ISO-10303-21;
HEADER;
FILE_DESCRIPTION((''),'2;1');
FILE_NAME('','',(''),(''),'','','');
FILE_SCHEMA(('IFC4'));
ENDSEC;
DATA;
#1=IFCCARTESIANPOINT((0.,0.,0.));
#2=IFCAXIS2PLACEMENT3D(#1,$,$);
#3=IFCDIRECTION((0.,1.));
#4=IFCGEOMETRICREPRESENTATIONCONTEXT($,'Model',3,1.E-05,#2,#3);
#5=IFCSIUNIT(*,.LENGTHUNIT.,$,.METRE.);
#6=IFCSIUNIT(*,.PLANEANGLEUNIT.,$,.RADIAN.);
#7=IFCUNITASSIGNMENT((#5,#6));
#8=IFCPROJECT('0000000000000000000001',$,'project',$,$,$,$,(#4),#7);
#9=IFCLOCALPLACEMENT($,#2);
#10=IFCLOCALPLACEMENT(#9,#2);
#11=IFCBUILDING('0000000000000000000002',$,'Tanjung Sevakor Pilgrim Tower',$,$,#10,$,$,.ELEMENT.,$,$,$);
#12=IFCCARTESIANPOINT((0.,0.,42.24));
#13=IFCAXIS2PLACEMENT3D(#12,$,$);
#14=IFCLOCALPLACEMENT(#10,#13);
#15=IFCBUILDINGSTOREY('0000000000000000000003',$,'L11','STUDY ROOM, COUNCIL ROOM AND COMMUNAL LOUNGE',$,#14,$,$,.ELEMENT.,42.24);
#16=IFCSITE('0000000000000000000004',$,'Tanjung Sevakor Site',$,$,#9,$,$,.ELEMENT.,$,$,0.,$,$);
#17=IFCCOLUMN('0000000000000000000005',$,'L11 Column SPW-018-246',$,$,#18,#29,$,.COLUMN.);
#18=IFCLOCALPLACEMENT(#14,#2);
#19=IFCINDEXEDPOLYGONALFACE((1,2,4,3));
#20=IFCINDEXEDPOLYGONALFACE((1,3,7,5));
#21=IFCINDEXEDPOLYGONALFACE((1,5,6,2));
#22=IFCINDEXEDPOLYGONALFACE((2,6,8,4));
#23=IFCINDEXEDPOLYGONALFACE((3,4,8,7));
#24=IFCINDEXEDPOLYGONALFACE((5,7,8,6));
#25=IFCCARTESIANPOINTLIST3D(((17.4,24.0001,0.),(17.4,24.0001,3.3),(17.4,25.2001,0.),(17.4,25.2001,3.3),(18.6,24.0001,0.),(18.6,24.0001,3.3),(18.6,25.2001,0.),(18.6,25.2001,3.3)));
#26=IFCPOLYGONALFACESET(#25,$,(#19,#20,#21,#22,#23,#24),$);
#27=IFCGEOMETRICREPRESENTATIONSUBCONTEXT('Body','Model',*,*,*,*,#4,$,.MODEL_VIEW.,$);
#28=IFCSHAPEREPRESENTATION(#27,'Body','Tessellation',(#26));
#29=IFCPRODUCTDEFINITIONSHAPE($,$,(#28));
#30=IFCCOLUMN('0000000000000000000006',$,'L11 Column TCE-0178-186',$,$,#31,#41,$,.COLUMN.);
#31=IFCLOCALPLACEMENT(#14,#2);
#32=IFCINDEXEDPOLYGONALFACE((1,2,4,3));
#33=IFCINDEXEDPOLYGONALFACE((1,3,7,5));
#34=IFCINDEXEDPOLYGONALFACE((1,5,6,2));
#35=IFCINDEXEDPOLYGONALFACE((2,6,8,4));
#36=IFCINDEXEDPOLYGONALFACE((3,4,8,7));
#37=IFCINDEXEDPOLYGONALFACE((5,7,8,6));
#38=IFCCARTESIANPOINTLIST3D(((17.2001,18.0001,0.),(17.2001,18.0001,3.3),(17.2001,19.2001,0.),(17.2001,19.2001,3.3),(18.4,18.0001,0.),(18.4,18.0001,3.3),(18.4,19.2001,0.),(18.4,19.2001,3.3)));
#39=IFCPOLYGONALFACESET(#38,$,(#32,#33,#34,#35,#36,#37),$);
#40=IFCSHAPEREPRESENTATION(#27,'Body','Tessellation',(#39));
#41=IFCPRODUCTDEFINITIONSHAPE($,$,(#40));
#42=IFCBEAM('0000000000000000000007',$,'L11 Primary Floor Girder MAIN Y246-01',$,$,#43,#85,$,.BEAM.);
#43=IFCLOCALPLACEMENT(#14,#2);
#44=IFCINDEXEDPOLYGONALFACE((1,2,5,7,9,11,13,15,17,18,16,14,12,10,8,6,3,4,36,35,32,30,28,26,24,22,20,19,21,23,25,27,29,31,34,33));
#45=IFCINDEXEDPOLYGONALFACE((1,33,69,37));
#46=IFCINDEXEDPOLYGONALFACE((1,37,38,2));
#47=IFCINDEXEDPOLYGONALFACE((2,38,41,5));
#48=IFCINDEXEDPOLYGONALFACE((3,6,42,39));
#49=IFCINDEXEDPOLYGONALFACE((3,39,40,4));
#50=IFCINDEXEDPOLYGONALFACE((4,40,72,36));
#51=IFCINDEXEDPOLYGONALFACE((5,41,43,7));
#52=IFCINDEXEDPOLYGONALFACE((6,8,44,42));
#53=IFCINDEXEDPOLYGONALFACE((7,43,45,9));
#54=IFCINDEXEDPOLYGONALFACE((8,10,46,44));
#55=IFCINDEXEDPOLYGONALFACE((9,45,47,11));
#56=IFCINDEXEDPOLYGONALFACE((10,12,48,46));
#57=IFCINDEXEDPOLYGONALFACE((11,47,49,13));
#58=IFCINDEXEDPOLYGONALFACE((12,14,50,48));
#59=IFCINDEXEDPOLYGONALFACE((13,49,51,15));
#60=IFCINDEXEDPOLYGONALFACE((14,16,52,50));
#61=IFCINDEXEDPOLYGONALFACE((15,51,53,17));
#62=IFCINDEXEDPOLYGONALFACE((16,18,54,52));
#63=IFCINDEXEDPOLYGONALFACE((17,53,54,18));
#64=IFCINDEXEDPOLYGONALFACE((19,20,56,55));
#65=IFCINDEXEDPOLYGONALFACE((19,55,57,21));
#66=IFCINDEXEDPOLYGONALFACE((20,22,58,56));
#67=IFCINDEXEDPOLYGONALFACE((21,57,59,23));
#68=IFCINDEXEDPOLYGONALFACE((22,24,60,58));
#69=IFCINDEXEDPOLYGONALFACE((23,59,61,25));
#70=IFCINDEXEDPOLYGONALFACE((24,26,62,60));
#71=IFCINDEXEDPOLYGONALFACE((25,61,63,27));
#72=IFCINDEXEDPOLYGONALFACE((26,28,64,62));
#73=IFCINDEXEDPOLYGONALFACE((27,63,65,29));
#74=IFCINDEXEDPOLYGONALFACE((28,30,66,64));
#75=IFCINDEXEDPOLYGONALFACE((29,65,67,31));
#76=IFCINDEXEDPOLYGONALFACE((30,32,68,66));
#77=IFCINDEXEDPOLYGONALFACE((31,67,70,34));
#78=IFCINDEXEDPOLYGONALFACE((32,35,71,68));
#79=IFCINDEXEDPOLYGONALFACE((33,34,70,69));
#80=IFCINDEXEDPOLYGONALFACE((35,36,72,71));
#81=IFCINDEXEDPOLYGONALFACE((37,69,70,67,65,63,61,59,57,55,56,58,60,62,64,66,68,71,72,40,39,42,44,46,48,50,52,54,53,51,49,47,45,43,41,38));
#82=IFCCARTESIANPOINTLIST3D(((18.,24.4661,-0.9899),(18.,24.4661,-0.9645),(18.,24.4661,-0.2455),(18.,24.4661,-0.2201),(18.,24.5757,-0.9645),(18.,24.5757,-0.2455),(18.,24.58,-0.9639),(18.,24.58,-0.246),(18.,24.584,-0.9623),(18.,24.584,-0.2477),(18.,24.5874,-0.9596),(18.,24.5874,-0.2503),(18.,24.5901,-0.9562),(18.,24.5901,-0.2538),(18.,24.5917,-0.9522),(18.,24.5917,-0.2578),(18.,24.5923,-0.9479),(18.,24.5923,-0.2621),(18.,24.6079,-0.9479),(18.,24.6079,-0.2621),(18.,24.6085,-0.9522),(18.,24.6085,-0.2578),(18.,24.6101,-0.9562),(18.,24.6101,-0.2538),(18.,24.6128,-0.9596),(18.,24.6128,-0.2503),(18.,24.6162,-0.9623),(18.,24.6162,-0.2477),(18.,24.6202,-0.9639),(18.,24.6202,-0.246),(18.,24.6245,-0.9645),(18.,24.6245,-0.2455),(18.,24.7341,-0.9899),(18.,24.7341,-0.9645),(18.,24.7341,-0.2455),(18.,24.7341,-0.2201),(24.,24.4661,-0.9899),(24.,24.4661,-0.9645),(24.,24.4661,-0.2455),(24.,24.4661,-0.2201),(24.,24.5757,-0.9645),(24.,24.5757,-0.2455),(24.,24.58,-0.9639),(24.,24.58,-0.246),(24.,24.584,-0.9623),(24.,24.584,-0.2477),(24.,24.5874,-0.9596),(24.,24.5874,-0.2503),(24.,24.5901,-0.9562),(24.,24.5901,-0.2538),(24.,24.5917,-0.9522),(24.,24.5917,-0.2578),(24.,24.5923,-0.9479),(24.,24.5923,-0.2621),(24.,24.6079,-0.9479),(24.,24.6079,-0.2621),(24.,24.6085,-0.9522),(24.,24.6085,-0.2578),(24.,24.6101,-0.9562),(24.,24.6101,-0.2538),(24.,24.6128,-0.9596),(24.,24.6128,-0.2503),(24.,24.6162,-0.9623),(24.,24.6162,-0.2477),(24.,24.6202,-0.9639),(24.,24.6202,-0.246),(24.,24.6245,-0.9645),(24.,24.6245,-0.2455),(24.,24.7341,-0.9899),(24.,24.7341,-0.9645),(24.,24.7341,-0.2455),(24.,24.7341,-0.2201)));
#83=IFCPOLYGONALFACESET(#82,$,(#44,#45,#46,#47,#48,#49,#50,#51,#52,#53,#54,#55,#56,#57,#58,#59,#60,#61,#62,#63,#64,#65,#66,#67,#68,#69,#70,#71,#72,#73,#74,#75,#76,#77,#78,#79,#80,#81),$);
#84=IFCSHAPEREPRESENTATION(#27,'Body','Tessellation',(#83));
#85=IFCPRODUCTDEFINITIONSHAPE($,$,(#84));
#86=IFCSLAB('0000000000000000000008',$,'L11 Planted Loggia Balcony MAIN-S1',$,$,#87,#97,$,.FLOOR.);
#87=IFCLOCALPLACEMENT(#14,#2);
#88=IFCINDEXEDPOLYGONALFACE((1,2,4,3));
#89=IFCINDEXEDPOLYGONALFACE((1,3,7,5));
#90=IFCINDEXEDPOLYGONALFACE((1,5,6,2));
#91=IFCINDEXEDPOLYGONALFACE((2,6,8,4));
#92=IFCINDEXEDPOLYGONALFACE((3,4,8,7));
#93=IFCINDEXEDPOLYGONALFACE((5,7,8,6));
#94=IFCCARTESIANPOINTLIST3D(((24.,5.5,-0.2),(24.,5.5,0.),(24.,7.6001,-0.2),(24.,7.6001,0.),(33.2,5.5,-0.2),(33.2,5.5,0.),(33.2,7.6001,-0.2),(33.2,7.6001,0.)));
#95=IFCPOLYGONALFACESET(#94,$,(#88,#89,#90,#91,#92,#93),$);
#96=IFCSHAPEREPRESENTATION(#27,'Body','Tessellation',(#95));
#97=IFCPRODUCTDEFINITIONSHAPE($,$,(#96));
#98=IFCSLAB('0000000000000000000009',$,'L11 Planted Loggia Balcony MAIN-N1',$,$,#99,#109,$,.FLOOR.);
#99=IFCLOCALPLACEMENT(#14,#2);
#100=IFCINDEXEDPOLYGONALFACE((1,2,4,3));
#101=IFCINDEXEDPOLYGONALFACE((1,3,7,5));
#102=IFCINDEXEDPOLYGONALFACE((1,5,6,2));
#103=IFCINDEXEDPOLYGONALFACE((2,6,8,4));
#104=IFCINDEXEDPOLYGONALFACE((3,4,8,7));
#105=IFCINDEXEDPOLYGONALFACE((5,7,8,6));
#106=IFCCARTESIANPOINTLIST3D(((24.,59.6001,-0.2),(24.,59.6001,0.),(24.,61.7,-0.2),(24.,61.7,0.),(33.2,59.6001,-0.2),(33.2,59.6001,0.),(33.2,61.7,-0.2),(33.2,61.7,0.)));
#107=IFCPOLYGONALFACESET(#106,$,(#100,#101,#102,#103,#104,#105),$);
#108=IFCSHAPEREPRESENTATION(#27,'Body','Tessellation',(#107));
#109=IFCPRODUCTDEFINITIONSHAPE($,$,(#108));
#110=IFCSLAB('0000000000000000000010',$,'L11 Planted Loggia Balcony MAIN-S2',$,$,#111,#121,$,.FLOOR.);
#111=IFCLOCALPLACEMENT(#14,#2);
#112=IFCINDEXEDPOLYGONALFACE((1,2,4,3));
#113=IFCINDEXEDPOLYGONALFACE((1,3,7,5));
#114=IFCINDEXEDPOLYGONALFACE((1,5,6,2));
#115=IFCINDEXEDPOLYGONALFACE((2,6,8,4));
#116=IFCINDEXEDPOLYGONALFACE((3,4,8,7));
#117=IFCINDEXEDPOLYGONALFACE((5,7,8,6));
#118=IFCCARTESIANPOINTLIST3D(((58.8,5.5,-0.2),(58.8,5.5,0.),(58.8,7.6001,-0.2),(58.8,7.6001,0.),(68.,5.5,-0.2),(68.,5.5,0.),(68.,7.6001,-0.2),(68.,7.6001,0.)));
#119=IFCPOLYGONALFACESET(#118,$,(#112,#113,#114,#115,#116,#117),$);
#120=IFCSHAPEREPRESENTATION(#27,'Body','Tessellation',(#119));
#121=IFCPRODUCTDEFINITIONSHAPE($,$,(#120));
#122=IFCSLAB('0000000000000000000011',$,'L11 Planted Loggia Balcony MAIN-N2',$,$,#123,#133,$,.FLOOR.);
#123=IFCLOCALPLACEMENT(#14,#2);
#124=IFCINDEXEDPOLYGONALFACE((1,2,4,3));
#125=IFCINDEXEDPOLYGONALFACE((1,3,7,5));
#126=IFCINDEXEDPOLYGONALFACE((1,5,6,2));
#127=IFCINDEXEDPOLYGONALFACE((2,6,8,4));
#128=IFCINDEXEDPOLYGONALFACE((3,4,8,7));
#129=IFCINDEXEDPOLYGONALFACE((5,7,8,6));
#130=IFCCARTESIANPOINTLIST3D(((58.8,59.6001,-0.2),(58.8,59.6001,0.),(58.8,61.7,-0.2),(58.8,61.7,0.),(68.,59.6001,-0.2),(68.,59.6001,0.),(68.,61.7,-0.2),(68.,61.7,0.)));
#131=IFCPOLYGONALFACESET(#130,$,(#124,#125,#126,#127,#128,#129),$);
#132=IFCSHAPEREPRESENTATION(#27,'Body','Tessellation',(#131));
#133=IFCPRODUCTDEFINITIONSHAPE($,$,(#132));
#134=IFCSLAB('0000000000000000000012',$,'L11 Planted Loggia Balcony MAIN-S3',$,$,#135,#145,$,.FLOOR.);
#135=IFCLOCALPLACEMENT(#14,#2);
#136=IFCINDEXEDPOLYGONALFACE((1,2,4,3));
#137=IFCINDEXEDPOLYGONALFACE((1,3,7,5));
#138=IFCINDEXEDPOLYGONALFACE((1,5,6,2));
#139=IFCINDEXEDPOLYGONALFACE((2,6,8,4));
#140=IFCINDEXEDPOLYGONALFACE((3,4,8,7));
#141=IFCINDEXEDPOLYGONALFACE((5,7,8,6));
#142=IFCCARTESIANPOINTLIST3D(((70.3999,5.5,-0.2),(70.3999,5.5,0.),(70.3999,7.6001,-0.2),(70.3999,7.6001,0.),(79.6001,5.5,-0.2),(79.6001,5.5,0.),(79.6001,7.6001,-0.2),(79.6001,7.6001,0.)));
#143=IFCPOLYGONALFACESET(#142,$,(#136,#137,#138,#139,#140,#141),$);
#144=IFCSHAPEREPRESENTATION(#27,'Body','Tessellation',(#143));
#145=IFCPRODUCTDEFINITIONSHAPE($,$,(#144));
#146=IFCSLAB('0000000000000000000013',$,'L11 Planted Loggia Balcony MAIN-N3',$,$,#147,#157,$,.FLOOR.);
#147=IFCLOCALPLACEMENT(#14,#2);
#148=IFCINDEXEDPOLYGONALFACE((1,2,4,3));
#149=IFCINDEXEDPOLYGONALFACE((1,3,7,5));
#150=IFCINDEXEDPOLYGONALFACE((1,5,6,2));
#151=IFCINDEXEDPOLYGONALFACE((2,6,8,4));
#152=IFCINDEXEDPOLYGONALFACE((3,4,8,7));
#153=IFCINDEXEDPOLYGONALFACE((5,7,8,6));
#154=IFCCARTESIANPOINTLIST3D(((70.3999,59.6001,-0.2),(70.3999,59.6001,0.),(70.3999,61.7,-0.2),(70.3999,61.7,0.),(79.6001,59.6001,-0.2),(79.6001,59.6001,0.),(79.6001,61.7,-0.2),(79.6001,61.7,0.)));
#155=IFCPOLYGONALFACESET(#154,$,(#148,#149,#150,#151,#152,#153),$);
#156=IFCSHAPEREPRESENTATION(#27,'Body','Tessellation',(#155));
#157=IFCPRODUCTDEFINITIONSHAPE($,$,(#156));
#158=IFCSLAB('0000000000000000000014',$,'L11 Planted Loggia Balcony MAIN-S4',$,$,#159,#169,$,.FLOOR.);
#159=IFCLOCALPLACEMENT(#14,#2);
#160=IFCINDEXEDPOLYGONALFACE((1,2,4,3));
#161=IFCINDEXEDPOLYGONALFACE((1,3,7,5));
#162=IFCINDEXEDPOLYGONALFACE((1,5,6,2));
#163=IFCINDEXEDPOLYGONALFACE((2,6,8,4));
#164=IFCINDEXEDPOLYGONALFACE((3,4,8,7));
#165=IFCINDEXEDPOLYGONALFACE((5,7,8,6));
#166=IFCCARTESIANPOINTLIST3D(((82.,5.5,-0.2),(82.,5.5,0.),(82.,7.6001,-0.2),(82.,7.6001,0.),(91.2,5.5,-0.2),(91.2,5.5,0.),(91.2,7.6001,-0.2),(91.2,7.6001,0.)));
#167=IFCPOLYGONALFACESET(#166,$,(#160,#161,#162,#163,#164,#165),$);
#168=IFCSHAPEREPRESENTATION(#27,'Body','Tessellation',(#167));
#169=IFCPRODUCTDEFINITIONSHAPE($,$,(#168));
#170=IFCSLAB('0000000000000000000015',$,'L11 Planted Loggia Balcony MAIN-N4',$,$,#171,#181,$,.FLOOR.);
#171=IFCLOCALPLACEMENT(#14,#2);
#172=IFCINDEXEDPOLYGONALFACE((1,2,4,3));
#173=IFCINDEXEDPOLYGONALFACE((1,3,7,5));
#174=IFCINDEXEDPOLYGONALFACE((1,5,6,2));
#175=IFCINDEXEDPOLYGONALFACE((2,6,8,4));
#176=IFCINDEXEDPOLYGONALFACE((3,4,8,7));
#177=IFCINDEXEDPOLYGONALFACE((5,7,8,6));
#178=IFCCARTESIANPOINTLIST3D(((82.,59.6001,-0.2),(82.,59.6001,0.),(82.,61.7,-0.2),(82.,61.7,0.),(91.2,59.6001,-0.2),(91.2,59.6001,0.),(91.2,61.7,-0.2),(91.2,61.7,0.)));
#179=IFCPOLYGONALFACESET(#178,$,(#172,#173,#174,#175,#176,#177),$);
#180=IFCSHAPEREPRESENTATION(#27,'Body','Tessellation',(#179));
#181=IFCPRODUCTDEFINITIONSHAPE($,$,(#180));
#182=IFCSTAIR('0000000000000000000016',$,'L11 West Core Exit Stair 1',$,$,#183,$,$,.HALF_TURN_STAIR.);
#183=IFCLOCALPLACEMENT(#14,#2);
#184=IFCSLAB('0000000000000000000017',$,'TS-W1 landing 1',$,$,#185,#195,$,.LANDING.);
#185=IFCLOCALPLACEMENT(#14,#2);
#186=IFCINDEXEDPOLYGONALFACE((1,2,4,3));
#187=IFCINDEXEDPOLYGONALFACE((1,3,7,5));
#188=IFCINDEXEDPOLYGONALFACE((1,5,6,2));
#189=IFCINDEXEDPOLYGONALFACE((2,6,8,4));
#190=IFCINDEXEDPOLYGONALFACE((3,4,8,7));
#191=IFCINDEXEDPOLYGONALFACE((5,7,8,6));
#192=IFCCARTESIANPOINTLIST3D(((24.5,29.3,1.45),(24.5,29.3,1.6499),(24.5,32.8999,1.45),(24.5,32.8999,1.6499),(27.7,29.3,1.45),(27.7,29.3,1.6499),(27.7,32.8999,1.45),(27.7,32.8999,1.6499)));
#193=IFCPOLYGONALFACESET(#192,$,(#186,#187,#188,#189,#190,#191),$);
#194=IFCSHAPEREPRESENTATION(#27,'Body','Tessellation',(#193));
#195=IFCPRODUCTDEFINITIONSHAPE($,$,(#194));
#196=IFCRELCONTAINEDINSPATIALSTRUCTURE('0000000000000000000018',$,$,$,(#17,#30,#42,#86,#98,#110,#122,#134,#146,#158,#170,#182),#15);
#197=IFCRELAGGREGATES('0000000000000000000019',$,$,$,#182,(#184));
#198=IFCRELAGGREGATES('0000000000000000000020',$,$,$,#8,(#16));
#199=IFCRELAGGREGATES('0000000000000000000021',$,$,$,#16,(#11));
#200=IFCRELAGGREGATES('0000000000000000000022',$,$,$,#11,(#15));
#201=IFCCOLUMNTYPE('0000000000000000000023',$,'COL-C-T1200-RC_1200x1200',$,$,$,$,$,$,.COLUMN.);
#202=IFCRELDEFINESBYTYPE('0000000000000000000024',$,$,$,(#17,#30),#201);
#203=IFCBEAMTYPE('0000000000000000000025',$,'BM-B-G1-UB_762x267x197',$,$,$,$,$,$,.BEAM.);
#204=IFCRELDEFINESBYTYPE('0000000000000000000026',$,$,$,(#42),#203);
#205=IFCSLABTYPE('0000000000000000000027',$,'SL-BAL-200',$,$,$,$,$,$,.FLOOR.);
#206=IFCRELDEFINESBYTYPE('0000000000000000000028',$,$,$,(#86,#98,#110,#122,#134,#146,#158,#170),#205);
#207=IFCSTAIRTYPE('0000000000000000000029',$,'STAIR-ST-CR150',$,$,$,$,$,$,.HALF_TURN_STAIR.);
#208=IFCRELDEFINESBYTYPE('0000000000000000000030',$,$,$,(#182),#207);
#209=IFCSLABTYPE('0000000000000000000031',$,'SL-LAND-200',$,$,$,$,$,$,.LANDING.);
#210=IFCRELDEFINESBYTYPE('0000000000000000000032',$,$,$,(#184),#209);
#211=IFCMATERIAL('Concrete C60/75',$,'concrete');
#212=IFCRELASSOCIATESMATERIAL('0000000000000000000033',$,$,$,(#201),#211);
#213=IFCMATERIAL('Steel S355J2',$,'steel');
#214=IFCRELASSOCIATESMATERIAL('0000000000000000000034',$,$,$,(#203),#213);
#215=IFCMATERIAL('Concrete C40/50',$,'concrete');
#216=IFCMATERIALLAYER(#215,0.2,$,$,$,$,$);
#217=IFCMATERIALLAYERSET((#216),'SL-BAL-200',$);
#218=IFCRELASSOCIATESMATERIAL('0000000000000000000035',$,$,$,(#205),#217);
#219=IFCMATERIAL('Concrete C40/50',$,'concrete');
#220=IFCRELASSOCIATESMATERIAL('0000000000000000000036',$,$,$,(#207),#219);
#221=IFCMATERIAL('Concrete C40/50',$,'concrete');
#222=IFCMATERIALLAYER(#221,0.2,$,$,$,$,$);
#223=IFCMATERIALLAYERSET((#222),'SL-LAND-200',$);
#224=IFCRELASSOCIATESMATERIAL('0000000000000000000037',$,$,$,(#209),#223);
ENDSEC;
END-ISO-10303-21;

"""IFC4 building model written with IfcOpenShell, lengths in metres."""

from ifc_helpers import new_model, si_unit, direction, frame, origin, origin_2d, place, context, subcontext, project, spatial, polyline, rectangle, i_section, outline, extrude, material, layer, layer_set, material_profile, profile_set, type_object, element, aggregate, save


model = new_model("IFC4")

# Units and contexts
model_context = context("Model", 3, precision=1e-05, world=origin(), true_north=direction((0.0, 1.0)))
body_context = subcontext(model_context, "Body", "Model", "MODEL_VIEW")
ifc_project = project(units=[si_unit("LENGTHUNIT", "METRE"), si_unit("PLANEANGLEUNIT", "RADIAN")], contexts=[model_context])

# Site, building, storey
site_placement = place(None, origin())
site = spatial("IfcSite", under=ifc_project, at=site_placement, Name="Tanjung Sevakor Site", CompositionType="ELEMENT", RefElevation=0.0)
building_placement = place(site_placement, origin())
building = spatial("IfcBuilding", under=site, at=building_placement, Name="Tanjung Sevakor Pilgrim Tower", CompositionType="ELEMENT")
storey_placement = place(building_placement, frame((0.0, 0.0, 42.24)))
storey = spatial("IfcBuildingStorey", under=building, at=storey_placement, Name="L11", Description="STUDY ROOM, COUNCIL ROOM AND COMMUNAL LOUNGE", CompositionType="ELEMENT", Elevation=42.24)

# Columns
ifc_material_1 = material(Name="Concrete C60/75", Category="concrete")
ifc_material_profile_1 = material_profile(ifc_material_1, rectangle(XDim=1.2, YDim=1.2, at=origin_2d()))
ifc_profile_set_1 = profile_set([ifc_material_profile_1], Name="Concrete C60/75")
column_type = type_object("IfcColumnType", Name="COL-C-T1200-RC_1200x1200", PredefinedType="COLUMN", material=ifc_profile_set_1)
for number, where, z_axis, x_axis, name in (
    (1, (18.0, 24.6001, 0.0), (0.0, 0.0, 1.0), (1.0, 0.0, 0.0), "L11 Column SPW-018-246"),
    (2, (17.8, 18.6001, 0.0), (0.0, 0.0, 1.0), (1.0, 0.0, 0.0), "L11 Column TCE-0178-186"),
):
    element("IfcColumn", number, at=place(storey_placement, frame(where, z_axis=z_axis, x_axis=x_axis)), inside=storey, type_object=column_type, Name=name, PredefinedType="COLUMN", context=body_context, shape_type="SweptSolid", body=[
        extrude(rectangle(XDim=1.2, YDim=1.2, at=origin_2d()), origin(), (0.0, 0.0, 1.0), 3.3),
    ])

# Beam
ifc_material_2 = material(Name="Steel S355J2", Category="steel")
ifc_material_profile_2 = material_profile(ifc_material_2, i_section(OverallWidth=0.2681, OverallDepth=0.7698, WebThickness=0.0156, FlangeThickness=0.0254, FilletRadius=0.0166, at=origin_2d()))
ifc_profile_set_2 = profile_set([ifc_material_profile_2], Name="Steel S355J2")
beam_type = type_object("IfcBeamType", Name="BM-B-G1-UB_762x267x197", PredefinedType="BEAM", material=ifc_profile_set_2)
beam_placement = place(storey_placement, frame((18.0, 24.6001, -0.605), z_axis=(1.0, 0.0, 0.0), x_axis=(0.0, 1.0, 0.0)))
element("IfcBeam", 3, at=beam_placement, inside=storey, type_object=beam_type, Name="L11 Primary Floor Girder MAIN Y246-01", PredefinedType="BEAM", context=body_context, shape_type="SweptSolid", body=[
    extrude(i_section(OverallWidth=0.2681, OverallDepth=0.7698, WebThickness=0.0156, FlangeThickness=0.0254, FilletRadius=0.0166, at=origin_2d()), origin(), (0.0, 0.0, 1.0), 6.0),
])

# Slabs
ifc_material_3 = material(Name="Concrete C40/50", Category="concrete")
ifc_layer_1 = layer(ifc_material_3, 0.2)
ifc_layer_set_1 = layer_set([ifc_layer_1], Name="SL-BAL-200")
slab_type_1 = type_object("IfcSlabType", Name="SL-BAL-200", PredefinedType="FLOOR", material=ifc_layer_set_1)
slab_1_placement = place(storey_placement, frame((0.0, 0.0, -0.2)))
element("IfcSlab", 4, at=slab_1_placement, inside=storey, type_object=slab_type_1, Name="L11 Planted Loggia Balcony MAIN-S1", PredefinedType="FLOOR", context=body_context, shape_type="SweptSolid", body=[
    extrude(outline(polyline([(24.0, 5.5), (33.2, 5.5), (33.2, 7.6001), (24.0, 7.6001), (24.0, 5.5)])), origin(), (0.0, 0.0, 1.0), 0.2),
])
slab_2_placement = place(storey_placement, frame((0.0, 0.0, -0.2)))
element("IfcSlab", 5, at=slab_2_placement, inside=storey, type_object=slab_type_1, Name="L11 Planted Loggia Balcony MAIN-N1", PredefinedType="FLOOR", context=body_context, shape_type="SweptSolid", body=[
    extrude(outline(polyline([(24.0, 59.6001), (33.2, 59.6001), (33.2, 61.7), (24.0, 61.7), (24.0, 59.6001)])), origin(), (0.0, 0.0, 1.0), 0.2),
])
slab_3_placement = place(storey_placement, frame((0.0, 0.0, -0.2)))
element("IfcSlab", 6, at=slab_3_placement, inside=storey, type_object=slab_type_1, Name="L11 Planted Loggia Balcony MAIN-S2", PredefinedType="FLOOR", context=body_context, shape_type="SweptSolid", body=[
    extrude(outline(polyline([(58.8, 5.5), (68.0, 5.5), (68.0, 7.6001), (58.8, 7.6001), (58.8, 5.5)])), origin(), (0.0, 0.0, 1.0), 0.2),
])
slab_4_placement = place(storey_placement, frame((0.0, 0.0, -0.2)))
element("IfcSlab", 7, at=slab_4_placement, inside=storey, type_object=slab_type_1, Name="L11 Planted Loggia Balcony MAIN-N2", PredefinedType="FLOOR", context=body_context, shape_type="SweptSolid", body=[
    extrude(outline(polyline([(58.8, 59.6001), (68.0, 59.6001), (68.0, 61.7), (58.8, 61.7), (58.8, 59.6001)])), origin(), (0.0, 0.0, 1.0), 0.2),
])
slab_5_placement = place(storey_placement, frame((0.0, 0.0, -0.2)))
element("IfcSlab", 8, at=slab_5_placement, inside=storey, type_object=slab_type_1, Name="L11 Planted Loggia Balcony MAIN-S3", PredefinedType="FLOOR", context=body_context, shape_type="SweptSolid", body=[
    extrude(outline(polyline([(70.3999, 5.5), (79.6001, 5.5), (79.6001, 7.6001), (70.3999, 7.6001), (70.3999, 5.5)])), origin(), (0.0, 0.0, 1.0), 0.2),
])
slab_6_placement = place(storey_placement, frame((0.0, 0.0, -0.2)))
element("IfcSlab", 9, at=slab_6_placement, inside=storey, type_object=slab_type_1, Name="L11 Planted Loggia Balcony MAIN-N3", PredefinedType="FLOOR", context=body_context, shape_type="SweptSolid", body=[
    extrude(outline(polyline([(70.3999, 59.6001), (79.6001, 59.6001), (79.6001, 61.7), (70.3999, 61.7), (70.3999, 59.6001)])), origin(), (0.0, 0.0, 1.0), 0.2),
])
slab_7_placement = place(storey_placement, frame((0.0, 0.0, -0.2)))
element("IfcSlab", 10, at=slab_7_placement, inside=storey, type_object=slab_type_1, Name="L11 Planted Loggia Balcony MAIN-S4", PredefinedType="FLOOR", context=body_context, shape_type="SweptSolid", body=[
    extrude(outline(polyline([(82.0, 5.5), (91.2, 5.5), (91.2, 7.6001), (82.0, 7.6001), (82.0, 5.5)])), origin(), (0.0, 0.0, 1.0), 0.2),
])
slab_8_placement = place(storey_placement, frame((0.0, 0.0, -0.2)))
element("IfcSlab", 11, at=slab_8_placement, inside=storey, type_object=slab_type_1, Name="L11 Planted Loggia Balcony MAIN-N4", PredefinedType="FLOOR", context=body_context, shape_type="SweptSolid", body=[
    extrude(outline(polyline([(82.0, 59.6001), (91.2, 59.6001), (91.2, 61.7), (82.0, 61.7), (82.0, 59.6001)])), origin(), (0.0, 0.0, 1.0), 0.2),
])

# Stair, slab
ifc_material_4 = material(Name="Concrete C40/50", Category="concrete")
stair_type = type_object("IfcStairType", Name="STAIR-ST-CR150", PredefinedType="HALF_TURN_STAIR", material=ifc_material_4)
stair_1_placement = place(storey_placement, origin())
stair_1 = element("IfcStair", 12, at=stair_1_placement, inside=storey, type_object=stair_type, Name="L11 West Core Exit Stair 1", PredefinedType="HALF_TURN_STAIR")
ifc_material_5 = material(Name="Concrete C40/50", Category="concrete")
ifc_layer_2 = layer(ifc_material_5, 0.2)
ifc_layer_set_2 = layer_set([ifc_layer_2], Name="SL-LAND-200")
slab_type_2 = type_object("IfcSlabType", Name="SL-LAND-200", PredefinedType="LANDING", material=ifc_layer_set_2)
slab_9_placement = place(storey_placement, frame((0.0, 0.0, 1.45)))
slab_9 = element("IfcSlab", 13, at=slab_9_placement, type_object=slab_type_2, Name="TS-W1 landing 1", PredefinedType="LANDING", context=body_context, shape_type="SweptSolid", body=[
    extrude(outline(polyline([(27.7, 29.3), (27.7, 32.8999), (24.5, 32.8999), (24.5, 29.3), (27.7, 29.3)])), origin(), (0.0, 0.0, 1.0), 0.2),
])
aggregate(stair_1, [slab_9])

save(model, "model.ifc")
